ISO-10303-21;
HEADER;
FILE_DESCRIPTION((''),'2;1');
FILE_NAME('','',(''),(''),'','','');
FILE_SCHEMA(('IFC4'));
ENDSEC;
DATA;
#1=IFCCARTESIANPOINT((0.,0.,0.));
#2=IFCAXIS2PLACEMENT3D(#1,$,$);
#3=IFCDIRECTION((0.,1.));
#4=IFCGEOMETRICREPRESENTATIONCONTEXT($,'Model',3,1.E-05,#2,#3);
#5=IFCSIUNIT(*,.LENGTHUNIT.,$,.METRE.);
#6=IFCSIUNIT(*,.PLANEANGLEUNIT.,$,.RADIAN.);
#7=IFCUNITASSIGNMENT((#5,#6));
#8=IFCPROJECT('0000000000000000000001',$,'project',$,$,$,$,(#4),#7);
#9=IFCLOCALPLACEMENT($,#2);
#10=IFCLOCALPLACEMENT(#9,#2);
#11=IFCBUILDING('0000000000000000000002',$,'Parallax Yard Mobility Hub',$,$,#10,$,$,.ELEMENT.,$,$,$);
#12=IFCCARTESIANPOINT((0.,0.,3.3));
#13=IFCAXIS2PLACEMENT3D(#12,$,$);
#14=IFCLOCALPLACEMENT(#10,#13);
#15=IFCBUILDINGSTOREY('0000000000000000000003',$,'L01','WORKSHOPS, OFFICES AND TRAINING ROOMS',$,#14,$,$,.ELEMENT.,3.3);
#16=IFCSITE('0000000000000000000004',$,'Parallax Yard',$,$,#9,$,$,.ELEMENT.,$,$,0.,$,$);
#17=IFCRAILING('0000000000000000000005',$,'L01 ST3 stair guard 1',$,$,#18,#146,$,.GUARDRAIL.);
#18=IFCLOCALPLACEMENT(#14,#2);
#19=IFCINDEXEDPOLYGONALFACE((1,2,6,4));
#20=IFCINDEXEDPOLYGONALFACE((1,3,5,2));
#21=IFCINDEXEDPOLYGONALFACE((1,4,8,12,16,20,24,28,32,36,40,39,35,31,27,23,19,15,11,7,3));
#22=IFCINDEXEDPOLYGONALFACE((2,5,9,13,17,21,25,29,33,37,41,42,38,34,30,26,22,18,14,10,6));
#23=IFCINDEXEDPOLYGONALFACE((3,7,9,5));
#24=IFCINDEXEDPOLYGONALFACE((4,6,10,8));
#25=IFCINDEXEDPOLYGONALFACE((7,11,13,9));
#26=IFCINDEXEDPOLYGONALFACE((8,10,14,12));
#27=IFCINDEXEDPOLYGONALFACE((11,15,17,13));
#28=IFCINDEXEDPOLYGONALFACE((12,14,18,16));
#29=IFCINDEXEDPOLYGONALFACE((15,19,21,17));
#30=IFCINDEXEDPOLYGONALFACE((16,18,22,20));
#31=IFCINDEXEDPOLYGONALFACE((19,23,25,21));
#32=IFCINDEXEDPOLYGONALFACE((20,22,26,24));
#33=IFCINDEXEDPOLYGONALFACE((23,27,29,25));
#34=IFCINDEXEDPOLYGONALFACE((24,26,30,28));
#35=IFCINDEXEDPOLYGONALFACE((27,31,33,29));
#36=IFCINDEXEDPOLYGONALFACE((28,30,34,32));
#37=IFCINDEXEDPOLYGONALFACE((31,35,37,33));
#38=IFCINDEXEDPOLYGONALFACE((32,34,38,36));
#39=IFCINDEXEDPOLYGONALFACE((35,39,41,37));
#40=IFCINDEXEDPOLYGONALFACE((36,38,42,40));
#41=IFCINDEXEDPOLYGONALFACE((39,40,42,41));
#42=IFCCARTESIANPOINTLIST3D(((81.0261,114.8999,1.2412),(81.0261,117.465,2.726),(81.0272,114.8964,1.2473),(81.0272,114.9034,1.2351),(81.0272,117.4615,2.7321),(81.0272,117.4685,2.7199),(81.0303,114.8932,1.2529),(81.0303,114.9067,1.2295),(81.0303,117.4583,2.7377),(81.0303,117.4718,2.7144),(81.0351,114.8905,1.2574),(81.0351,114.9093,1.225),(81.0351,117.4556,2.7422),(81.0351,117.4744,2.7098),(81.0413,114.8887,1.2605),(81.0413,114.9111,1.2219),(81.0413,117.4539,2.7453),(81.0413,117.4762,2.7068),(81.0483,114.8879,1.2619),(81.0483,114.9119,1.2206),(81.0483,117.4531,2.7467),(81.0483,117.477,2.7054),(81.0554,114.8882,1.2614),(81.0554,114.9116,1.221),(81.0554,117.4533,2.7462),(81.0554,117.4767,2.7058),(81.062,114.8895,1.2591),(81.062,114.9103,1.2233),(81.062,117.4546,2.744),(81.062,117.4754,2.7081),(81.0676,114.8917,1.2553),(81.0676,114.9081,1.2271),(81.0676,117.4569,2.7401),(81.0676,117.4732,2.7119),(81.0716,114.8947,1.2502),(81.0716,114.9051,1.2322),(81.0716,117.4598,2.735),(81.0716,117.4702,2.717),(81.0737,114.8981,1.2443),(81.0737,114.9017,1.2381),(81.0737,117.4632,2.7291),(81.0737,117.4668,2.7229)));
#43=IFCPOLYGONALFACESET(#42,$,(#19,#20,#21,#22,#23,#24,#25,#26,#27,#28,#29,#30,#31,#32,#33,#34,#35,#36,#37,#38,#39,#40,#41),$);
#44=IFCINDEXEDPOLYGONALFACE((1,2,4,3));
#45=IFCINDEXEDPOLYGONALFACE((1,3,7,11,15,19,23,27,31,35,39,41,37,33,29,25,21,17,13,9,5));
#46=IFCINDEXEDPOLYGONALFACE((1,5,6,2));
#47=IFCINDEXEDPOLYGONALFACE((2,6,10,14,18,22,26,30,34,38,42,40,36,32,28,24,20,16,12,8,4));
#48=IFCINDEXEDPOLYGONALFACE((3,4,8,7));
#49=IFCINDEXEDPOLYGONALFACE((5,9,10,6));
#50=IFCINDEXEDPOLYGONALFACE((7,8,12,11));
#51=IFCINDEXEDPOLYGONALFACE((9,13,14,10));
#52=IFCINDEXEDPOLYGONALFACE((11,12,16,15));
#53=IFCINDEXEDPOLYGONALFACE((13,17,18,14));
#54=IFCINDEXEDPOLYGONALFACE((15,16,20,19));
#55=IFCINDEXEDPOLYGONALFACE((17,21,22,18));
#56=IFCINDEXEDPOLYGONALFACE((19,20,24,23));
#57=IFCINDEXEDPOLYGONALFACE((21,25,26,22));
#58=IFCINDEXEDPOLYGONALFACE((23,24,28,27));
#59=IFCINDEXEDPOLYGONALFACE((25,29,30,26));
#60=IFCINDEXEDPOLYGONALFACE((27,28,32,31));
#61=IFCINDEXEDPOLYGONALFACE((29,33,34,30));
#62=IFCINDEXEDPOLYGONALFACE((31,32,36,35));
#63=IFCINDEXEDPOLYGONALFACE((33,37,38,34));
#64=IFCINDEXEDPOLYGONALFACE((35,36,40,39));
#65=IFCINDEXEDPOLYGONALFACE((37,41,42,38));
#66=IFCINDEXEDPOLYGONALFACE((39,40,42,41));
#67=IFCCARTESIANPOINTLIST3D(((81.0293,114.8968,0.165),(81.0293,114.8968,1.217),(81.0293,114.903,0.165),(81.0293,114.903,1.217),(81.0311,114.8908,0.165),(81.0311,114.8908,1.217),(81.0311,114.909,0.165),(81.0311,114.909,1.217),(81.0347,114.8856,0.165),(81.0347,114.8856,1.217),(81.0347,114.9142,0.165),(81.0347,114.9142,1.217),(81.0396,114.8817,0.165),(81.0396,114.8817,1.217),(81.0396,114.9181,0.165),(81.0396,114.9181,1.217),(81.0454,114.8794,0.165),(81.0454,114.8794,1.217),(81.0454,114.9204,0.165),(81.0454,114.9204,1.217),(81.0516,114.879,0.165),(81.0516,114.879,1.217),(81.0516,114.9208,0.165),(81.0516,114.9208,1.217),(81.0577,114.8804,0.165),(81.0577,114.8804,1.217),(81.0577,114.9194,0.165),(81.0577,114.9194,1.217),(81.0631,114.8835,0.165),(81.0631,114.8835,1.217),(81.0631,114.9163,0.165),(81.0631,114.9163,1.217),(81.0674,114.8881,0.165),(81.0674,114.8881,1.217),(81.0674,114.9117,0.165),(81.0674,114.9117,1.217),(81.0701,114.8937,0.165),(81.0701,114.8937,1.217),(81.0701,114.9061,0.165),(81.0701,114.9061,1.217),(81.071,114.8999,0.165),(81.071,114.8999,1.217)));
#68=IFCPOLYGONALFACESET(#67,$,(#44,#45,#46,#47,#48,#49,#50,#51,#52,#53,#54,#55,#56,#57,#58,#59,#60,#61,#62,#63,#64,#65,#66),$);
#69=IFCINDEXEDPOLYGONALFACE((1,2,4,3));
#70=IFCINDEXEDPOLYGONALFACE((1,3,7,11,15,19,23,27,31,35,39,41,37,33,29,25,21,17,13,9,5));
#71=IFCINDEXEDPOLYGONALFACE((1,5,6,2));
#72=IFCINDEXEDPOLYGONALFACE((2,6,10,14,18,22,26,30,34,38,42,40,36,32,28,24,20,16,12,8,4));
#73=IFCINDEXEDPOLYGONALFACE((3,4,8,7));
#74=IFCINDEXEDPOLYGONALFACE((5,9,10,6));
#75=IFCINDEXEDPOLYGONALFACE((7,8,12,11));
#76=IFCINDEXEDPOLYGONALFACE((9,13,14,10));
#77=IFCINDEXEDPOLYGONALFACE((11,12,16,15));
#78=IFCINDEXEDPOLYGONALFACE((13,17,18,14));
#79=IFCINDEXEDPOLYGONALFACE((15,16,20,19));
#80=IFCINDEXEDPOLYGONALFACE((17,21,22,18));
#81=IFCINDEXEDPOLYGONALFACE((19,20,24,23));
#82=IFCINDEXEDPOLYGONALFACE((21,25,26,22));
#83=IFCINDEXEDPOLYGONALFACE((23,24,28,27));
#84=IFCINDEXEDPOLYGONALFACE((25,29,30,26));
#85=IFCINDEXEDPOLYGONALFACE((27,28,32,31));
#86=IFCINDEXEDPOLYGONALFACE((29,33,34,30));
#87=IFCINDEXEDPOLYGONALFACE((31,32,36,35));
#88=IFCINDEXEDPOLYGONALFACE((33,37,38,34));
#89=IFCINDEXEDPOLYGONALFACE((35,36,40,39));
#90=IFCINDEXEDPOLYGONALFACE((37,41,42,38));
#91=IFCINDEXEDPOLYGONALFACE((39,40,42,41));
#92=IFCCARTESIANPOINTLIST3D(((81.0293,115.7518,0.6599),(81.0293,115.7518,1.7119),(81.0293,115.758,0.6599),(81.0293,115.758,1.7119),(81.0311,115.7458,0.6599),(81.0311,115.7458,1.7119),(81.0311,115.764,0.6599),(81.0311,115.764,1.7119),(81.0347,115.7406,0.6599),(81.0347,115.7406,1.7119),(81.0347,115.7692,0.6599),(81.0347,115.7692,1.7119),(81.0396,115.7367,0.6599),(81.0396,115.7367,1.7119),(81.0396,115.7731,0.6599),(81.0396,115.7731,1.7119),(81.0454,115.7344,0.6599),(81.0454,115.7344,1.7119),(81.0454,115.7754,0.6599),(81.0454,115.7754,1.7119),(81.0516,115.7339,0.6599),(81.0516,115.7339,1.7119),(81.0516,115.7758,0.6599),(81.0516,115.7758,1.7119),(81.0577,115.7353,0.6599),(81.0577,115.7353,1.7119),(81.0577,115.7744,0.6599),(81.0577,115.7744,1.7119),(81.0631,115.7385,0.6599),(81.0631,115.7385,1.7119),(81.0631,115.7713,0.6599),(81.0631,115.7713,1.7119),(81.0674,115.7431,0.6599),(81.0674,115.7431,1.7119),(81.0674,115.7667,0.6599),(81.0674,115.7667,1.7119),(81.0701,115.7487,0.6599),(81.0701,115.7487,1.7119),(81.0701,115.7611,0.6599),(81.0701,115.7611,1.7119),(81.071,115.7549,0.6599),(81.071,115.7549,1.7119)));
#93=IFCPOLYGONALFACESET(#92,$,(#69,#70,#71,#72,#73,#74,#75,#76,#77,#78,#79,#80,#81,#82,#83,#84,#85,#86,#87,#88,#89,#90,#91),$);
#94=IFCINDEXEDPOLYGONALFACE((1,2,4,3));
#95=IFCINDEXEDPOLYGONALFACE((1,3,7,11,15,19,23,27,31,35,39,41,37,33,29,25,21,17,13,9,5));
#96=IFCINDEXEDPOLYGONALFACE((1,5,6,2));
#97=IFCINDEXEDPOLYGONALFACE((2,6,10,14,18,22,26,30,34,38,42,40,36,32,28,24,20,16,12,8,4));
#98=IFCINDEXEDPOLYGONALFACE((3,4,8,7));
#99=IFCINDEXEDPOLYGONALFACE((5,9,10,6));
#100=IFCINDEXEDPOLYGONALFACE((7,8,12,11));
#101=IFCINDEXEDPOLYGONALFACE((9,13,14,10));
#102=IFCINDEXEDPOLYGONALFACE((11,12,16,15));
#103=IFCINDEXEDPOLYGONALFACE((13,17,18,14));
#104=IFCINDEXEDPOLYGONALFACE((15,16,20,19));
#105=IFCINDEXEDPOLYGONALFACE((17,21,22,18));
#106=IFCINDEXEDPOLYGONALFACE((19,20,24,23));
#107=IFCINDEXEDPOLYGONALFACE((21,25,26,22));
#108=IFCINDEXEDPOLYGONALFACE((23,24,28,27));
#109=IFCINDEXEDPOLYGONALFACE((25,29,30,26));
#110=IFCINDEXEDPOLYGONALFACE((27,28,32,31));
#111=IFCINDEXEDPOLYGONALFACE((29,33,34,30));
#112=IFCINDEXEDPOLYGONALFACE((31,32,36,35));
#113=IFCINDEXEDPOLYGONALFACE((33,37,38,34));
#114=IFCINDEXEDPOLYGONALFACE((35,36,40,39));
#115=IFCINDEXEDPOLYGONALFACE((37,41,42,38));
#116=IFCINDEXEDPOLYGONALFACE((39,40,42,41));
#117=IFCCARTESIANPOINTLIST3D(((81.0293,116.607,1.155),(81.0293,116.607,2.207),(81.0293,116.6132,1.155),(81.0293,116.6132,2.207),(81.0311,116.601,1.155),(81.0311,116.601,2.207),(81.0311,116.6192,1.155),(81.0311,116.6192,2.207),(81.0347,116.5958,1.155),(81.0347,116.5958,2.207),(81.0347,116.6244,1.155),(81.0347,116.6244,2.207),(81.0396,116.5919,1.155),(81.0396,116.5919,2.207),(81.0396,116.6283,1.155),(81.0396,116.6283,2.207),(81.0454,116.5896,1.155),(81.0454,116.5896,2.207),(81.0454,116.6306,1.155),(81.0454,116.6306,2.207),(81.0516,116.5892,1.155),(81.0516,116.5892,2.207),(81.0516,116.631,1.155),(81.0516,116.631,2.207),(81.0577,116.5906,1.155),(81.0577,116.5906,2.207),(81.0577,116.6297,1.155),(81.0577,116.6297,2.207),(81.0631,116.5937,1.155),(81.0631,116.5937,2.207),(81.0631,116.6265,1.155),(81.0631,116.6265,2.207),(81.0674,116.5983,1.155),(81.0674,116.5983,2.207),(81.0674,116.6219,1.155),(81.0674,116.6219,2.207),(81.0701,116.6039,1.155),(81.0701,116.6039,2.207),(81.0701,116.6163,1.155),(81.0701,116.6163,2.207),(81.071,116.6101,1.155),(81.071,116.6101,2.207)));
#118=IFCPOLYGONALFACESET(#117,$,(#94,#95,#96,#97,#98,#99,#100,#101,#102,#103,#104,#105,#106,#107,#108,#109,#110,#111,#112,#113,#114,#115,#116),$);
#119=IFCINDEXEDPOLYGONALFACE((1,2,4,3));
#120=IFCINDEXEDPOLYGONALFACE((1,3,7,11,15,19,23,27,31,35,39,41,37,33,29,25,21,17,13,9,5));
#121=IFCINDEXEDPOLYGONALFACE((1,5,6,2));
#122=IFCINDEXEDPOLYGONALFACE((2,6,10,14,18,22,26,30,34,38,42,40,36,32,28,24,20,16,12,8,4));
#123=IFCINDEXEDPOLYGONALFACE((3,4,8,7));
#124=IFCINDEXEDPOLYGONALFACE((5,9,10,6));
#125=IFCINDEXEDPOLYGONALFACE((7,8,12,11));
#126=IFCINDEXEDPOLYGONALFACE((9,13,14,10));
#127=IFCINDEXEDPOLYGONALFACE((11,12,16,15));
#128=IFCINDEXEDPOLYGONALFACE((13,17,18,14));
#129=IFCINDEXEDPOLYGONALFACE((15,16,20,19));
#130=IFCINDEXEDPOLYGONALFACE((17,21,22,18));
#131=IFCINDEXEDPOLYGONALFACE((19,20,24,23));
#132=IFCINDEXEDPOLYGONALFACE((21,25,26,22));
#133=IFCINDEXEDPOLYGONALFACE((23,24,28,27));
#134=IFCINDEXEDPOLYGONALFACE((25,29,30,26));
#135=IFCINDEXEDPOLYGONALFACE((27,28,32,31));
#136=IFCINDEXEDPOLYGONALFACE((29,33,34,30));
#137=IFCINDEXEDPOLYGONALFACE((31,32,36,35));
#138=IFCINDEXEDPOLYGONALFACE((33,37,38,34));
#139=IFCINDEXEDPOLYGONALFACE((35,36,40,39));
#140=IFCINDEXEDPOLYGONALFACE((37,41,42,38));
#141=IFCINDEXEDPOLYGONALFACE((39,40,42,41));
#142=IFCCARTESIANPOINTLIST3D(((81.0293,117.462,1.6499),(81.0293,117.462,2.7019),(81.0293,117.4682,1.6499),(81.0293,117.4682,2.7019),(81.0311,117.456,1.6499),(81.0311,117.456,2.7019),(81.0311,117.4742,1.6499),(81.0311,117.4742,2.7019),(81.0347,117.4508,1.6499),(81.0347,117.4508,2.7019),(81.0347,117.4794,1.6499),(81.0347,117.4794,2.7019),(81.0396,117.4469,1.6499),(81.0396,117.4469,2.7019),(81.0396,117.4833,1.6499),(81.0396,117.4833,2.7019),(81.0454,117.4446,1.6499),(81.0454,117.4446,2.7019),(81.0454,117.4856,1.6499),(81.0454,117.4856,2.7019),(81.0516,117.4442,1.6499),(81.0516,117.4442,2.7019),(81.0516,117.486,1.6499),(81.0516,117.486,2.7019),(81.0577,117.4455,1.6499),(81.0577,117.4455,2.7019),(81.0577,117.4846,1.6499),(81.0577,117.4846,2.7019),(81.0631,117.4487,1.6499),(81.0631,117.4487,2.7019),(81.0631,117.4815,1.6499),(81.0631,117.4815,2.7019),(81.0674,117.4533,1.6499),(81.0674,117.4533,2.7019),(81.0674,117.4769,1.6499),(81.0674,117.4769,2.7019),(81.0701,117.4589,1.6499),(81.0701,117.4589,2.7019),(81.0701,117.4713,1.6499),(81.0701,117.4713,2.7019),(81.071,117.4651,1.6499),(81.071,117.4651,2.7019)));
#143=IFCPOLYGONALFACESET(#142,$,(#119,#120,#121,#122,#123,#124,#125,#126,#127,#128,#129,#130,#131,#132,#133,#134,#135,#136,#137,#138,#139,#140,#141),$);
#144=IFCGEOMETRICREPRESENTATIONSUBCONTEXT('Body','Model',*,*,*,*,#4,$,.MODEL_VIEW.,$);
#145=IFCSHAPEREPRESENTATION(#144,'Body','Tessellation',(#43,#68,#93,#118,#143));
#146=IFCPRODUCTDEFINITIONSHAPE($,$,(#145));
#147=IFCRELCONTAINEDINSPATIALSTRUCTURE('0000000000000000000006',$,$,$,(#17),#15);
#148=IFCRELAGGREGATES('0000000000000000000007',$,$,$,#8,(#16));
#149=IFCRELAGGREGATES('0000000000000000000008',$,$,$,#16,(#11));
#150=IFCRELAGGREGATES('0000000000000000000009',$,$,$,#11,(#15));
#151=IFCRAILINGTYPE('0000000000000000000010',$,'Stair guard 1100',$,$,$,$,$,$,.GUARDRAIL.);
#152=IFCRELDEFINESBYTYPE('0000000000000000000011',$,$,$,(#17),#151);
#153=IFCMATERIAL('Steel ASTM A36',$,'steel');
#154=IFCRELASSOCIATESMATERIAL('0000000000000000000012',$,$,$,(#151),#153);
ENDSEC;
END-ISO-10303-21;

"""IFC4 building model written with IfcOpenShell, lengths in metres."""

from ifc_helpers import new_model, si_unit, direction, frame, origin, origin_2d, place, context, subcontext, project, spatial, circle, extrude, material, type_object, element, save


model = new_model("IFC4")

# Units and contexts
model_context = context("Model", 3, precision=1e-05, world=origin(), true_north=direction((0.0, 1.0)))
body_context = subcontext(model_context, "Body", "Model", "MODEL_VIEW")
ifc_project = project(units=[si_unit("LENGTHUNIT", "METRE"), si_unit("PLANEANGLEUNIT", "RADIAN")], contexts=[model_context])

# Site, building, storey
site_placement = place(None, origin())
site = spatial("IfcSite", under=ifc_project, at=site_placement, Name="Parallax Yard", CompositionType="ELEMENT", RefElevation=0.0)
building_placement = place(site_placement, origin())
building = spatial("IfcBuilding", under=site, at=building_placement, Name="Parallax Yard Mobility Hub", CompositionType="ELEMENT")
storey_placement = place(building_placement, frame((0.0, 0.0, 3.3)))
storey = spatial("IfcBuildingStorey", under=building, at=storey_placement, Name="L01", Description="WORKSHOPS, OFFICES AND TRAINING ROOMS", CompositionType="ELEMENT", Elevation=3.3)

# Railing
ifc_material_1 = material(Name="Steel ASTM A36", Category="steel")
railing_type_1 = type_object("IfcRailingType", Name="Stair guard 1100", PredefinedType="GUARDRAIL", material=ifc_material_1)
railing_1_placement = place(storey_placement, frame((81.05, 114.8999, 0.165)))
element("IfcRailing", 1, at=railing_1_placement, inside=storey, type_object=railing_type_1, Name="L01 ST3 stair guard 1", PredefinedType="GUARDRAIL", context=body_context, shape_type="SweptSolid", body=[
    extrude(circle(Radius=0.0239, at=origin_2d()), frame((0.0, 0.0, 1.0762), z_axis=(0.0, 0.865462, 0.500975), x_axis=(-1.0, 0.0, 0.0)), (0.0, 0.0, 1.0), 2.9639),
    extrude(circle(Radius=0.021, at=origin_2d()), origin(), (0.0, 0.0, 1.0), 1.052),
    extrude(circle(Radius=0.021, at=origin_2d()), frame((0.0, 0.855, 0.4949)), (0.0, 0.0, 1.0), 1.052),
    extrude(circle(Radius=0.021, at=origin_2d()), frame((0.0, 1.7102, 0.99)), (0.0, 0.0, 1.0), 1.052),
    extrude(circle(Radius=0.021, at=origin_2d()), frame((0.0, 2.5652, 1.4849)), (0.0, 0.0, 1.0), 1.052),
])

save(model, "model.ifc")
